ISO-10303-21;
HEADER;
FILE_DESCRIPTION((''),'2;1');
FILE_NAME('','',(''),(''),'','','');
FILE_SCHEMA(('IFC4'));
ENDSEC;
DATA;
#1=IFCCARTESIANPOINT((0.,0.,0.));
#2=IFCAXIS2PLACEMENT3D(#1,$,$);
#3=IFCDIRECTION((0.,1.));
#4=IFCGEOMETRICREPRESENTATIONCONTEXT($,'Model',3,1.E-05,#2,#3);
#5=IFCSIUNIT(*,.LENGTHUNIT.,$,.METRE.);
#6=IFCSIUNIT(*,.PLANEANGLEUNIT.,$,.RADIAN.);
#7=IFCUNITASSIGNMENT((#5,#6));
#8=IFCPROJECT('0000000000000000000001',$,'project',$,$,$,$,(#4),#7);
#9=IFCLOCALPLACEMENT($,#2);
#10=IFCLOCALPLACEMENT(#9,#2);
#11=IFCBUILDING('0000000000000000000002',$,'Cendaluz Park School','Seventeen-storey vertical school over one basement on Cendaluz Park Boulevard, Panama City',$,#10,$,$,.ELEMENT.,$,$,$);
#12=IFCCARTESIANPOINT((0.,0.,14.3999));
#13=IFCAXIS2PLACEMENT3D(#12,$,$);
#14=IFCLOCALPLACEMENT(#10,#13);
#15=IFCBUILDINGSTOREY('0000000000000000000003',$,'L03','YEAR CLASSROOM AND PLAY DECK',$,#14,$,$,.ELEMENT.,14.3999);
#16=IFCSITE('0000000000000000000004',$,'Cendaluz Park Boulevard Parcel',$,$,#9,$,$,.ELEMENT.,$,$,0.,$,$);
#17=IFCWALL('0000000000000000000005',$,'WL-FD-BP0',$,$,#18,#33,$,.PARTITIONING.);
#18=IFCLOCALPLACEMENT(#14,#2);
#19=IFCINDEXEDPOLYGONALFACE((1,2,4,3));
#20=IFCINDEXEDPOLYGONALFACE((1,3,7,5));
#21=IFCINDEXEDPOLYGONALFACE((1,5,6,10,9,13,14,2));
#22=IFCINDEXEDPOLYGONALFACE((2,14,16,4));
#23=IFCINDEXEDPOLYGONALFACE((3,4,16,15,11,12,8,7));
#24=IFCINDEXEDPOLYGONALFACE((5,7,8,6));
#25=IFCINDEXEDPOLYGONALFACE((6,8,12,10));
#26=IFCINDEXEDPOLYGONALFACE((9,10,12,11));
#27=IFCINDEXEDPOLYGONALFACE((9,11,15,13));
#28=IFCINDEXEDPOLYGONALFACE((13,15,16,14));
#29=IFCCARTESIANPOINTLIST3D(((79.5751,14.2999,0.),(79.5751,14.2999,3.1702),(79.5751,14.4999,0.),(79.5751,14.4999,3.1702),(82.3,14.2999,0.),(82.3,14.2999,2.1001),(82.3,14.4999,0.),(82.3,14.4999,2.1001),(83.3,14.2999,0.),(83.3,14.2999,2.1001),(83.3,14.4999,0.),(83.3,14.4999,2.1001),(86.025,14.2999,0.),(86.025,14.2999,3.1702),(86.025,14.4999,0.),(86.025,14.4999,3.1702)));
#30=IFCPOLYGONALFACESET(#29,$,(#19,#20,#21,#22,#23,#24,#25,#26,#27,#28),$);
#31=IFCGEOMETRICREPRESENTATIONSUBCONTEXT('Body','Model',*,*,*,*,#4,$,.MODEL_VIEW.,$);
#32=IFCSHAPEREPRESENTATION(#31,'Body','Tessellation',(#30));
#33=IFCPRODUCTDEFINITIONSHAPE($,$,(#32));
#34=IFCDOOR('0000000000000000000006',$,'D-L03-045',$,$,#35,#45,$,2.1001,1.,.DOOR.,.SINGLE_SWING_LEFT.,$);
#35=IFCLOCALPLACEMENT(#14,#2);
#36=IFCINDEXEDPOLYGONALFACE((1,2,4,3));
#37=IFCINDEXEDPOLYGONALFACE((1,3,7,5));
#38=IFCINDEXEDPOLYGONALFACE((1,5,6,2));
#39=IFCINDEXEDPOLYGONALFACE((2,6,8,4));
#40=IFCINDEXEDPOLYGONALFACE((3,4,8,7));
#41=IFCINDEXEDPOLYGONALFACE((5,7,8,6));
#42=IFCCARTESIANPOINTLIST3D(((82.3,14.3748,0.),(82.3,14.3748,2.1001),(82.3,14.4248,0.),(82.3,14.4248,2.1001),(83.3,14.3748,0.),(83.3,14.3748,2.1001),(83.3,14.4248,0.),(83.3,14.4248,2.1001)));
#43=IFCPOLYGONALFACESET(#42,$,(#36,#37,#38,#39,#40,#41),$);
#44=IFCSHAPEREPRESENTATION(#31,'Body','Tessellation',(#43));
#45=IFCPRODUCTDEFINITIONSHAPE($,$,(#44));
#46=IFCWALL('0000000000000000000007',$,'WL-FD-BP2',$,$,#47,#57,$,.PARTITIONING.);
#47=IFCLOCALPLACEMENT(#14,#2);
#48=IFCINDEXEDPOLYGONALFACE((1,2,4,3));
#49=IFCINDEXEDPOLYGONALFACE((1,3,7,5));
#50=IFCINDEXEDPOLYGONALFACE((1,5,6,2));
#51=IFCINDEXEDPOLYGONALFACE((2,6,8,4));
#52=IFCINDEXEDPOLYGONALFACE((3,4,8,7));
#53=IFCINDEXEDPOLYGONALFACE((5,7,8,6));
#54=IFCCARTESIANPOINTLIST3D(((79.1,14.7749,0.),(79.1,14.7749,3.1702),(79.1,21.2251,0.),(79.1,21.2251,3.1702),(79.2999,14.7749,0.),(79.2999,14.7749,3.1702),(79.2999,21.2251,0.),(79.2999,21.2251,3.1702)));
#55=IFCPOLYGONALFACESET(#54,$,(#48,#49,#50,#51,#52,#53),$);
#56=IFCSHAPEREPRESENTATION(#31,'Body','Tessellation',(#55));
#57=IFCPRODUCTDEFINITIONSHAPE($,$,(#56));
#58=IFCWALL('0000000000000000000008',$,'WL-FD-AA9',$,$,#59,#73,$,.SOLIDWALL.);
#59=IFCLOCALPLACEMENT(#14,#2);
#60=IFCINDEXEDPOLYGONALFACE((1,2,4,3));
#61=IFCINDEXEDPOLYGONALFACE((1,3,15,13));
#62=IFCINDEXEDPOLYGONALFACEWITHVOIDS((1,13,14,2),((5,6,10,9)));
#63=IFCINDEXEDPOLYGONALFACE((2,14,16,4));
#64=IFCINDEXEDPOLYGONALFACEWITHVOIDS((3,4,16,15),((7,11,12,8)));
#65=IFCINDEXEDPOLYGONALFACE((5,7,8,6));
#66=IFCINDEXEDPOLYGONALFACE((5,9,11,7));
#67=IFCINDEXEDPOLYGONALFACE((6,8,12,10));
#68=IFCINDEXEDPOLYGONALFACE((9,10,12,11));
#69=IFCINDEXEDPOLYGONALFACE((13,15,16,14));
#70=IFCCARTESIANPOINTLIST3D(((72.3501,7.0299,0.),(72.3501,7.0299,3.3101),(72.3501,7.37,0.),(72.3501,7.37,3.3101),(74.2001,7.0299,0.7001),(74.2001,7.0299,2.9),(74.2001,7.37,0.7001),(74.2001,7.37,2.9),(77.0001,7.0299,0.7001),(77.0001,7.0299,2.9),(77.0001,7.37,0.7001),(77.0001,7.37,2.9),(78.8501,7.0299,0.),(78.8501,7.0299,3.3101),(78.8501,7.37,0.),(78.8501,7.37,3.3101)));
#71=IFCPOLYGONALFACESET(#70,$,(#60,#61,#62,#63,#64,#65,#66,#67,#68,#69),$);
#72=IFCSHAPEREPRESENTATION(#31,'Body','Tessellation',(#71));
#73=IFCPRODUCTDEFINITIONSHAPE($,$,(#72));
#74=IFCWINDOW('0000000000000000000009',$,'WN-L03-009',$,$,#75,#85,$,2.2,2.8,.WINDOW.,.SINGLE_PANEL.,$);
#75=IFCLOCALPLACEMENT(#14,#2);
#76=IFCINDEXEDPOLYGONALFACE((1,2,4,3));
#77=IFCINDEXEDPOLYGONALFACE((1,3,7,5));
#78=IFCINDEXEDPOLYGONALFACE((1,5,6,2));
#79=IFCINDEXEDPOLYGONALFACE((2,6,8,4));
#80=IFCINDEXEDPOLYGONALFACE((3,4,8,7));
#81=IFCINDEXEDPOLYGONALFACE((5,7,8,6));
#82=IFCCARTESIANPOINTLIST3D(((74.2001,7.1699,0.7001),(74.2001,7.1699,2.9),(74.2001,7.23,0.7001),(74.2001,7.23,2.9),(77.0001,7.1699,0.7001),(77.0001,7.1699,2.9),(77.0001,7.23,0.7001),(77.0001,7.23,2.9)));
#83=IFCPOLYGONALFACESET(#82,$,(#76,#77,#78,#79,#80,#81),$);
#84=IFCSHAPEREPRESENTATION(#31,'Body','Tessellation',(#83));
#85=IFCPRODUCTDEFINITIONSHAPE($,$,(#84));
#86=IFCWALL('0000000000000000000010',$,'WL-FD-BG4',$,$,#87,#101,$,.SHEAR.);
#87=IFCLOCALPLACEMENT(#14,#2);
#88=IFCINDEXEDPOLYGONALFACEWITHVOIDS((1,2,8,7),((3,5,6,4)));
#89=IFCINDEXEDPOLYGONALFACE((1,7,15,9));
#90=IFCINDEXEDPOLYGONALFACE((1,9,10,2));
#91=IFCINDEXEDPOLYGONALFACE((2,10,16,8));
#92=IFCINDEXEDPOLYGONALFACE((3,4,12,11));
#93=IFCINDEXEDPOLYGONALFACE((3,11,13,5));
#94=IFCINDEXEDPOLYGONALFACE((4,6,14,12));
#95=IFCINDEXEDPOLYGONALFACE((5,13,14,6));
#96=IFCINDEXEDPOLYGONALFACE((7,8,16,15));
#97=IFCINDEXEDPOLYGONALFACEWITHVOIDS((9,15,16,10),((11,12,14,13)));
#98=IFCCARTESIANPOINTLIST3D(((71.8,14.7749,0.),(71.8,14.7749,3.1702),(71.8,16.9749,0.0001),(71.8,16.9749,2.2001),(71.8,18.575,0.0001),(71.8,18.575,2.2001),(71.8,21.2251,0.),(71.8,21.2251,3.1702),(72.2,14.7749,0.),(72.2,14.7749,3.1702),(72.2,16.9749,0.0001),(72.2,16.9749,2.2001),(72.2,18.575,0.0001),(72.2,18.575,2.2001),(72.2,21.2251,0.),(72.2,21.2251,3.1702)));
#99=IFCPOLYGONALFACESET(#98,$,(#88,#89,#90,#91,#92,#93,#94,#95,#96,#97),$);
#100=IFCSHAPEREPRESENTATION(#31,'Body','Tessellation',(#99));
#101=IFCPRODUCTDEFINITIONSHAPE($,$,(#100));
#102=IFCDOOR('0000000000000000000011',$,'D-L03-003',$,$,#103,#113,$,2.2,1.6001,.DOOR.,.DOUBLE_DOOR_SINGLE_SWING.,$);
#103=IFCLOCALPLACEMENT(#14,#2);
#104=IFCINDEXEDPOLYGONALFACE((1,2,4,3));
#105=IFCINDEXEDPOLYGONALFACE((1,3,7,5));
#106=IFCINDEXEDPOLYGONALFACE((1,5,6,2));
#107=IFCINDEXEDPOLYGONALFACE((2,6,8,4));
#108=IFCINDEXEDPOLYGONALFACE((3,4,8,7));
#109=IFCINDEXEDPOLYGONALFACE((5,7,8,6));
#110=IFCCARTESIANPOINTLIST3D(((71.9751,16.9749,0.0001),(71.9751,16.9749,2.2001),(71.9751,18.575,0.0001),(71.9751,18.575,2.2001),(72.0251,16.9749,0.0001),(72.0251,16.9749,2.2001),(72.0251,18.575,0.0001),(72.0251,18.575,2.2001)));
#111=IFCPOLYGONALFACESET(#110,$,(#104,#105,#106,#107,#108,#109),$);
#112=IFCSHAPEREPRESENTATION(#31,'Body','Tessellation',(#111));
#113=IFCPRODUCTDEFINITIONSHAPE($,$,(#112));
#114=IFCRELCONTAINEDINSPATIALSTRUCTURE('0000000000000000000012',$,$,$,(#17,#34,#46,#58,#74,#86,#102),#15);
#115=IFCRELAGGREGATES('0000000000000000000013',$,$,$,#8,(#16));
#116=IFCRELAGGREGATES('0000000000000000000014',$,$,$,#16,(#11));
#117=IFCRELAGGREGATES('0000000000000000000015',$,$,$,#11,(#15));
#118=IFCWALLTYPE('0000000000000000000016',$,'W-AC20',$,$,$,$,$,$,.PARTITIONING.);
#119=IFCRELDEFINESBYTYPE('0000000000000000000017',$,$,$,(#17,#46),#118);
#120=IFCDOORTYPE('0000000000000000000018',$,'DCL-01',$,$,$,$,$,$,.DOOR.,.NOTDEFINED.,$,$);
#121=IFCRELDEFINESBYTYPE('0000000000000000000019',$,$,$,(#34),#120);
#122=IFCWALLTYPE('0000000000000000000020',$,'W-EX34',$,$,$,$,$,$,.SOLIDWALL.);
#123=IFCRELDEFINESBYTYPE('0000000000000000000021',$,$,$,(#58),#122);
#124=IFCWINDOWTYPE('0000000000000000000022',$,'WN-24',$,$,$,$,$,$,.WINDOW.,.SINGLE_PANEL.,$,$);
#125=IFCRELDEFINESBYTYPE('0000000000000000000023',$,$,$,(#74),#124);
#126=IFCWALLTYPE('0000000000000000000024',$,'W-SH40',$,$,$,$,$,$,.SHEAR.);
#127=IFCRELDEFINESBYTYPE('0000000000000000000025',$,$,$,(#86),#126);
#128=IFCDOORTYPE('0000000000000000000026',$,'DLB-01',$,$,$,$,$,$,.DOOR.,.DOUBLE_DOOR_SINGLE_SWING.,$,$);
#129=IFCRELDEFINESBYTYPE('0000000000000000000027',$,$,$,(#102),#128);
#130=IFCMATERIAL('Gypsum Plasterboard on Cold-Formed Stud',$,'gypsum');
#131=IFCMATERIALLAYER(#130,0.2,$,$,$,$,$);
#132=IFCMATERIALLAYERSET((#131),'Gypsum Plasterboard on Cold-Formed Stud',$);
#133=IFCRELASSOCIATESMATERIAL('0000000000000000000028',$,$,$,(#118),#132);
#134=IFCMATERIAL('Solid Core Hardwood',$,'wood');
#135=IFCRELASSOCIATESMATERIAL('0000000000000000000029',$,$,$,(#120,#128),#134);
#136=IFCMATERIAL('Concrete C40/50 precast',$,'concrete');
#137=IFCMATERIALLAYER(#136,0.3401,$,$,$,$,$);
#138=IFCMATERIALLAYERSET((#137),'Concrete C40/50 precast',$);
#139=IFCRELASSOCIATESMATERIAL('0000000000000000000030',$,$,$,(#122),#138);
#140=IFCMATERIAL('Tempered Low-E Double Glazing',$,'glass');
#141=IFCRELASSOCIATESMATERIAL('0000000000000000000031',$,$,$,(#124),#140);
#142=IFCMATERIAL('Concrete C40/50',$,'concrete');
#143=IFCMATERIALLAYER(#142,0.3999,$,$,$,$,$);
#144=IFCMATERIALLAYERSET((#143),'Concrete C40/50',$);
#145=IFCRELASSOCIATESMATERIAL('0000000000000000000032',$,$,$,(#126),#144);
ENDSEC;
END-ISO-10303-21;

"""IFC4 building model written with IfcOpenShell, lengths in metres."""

from ifc_helpers import new_model, si_unit, direction, frame, frame_2d, origin, place, context, subcontext, project, spatial, rectangle, extrude, material, layer, layer_set, type_object, element, fill, save


model = new_model("IFC4")

# Units and contexts
model_context = context("Model", 3, precision=1e-05, world=origin(), true_north=direction((0.0, 1.0)))
body_context = subcontext(model_context, "Body", "Model", "MODEL_VIEW")
ifc_project = project(units=[si_unit("LENGTHUNIT", "METRE"), si_unit("PLANEANGLEUNIT", "RADIAN")], contexts=[model_context])

# Site, building, storey
site_placement = place(None, origin())
site = spatial("IfcSite", under=ifc_project, at=site_placement, Name="Cendaluz Park Boulevard Parcel", CompositionType="ELEMENT", RefElevation=0.0)
building_placement = place(site_placement, origin())
building = spatial("IfcBuilding", under=site, at=building_placement, Name="Cendaluz Park School", Description="Seventeen-storey vertical school over one basement on Cendaluz Park Boulevard, Panama City", CompositionType="ELEMENT")
storey_placement = place(building_placement, frame((0.0, 0.0, 14.3999)))
storey = spatial("IfcBuildingStorey", under=building, at=storey_placement, Name="L03", Description="YEAR CLASSROOM AND PLAY DECK", CompositionType="ELEMENT", Elevation=14.3999)

# Shared definitions
ifc_material_1 = material(Name="Concrete C40/50", Category="concrete")

# Shared definitions
ifc_material_2 = material(Name="Tempered Low-E Double Glazing", Category="glass")

# Wall, opening, door
ifc_material_3 = material(Name="Gypsum Plasterboard on Cold-Formed Stud", Category="gypsum")
ifc_layer_1 = layer(ifc_material_3, 0.2)
ifc_layer_set_1 = layer_set([ifc_layer_1], Name="Gypsum Plasterboard on Cold-Formed Stud")
wall_type_1 = type_object("IfcWallType", Name="W-AC20", PredefinedType="PARTITIONING", material=ifc_layer_set_1)
wall_1_placement = place(storey_placement, frame((79.575, 14.3999, 0.0), z_axis=(0.0, 0.0, 1.0), x_axis=(1.0, 0.0, 0.0)))
wall_1 = element("IfcWall", 1, at=wall_1_placement, inside=storey, type_object=wall_type_1, Name="WL-FD-BP0", PredefinedType="PARTITIONING", context=body_context, shape_type="SweptSolid", body=[
    extrude(rectangle(XDim=6.45, YDim=0.2, at=frame_2d((3.2251, 0.0))), origin(), (0.0, 0.0, 1.0), 3.1702),
])
opening_1_placement = place(wall_1_placement, frame((2.7251, 0.0, 0.0)))
opening_1 = element("IfcOpeningElement", 2, at=opening_1_placement, cuts=wall_1, PredefinedType="OPENING", context=body_context, shape_type="SweptSolid", body=[
    extrude(rectangle(XDim=1.0, YDim=2.1001, at=frame_2d((0.5, 1.05))), frame((0.0, 0.1121, 0.0), z_axis=(0.0, -1.0, 0.0), x_axis=(1.0, 0.0, 0.0)), (0.0, 0.0, 1.0), 0.2239),
])
ifc_material_4 = material(Name="Solid Core Hardwood", Category="wood")
door_type_1 = type_object("IfcDoorType", Name="DCL-01", OperationType="NOTDEFINED", PredefinedType="DOOR", material=ifc_material_4)
door_1_placement = place(opening_1_placement, origin())
door_1 = element("IfcDoor", 3, at=door_1_placement, inside=storey, type_object=door_type_1, Name="D-L03-045", OperationType="SINGLE_SWING_LEFT", OverallHeight=2.1001, OverallWidth=1.0, PredefinedType="DOOR", context=body_context, shape_type="SweptSolid", body=[
    extrude(rectangle(XDim=1.0, YDim=2.1001, at=frame_2d((0.5, 1.05))), frame((0.0, 0.0249, 0.0), z_axis=(0.0, -1.0, 0.0), x_axis=(1.0, 0.0, 0.0)), (0.0, 0.0, 1.0), 0.05),
])
fill(opening_1, door_1)

# Wall
wall_2_placement = place(storey_placement, frame((79.2, 14.7749, 0.0), z_axis=(0.0, 0.0, 1.0), x_axis=(0.0, 1.0, 0.0)))
element("IfcWall", 4, at=wall_2_placement, inside=storey, type_object=wall_type_1, Name="WL-FD-BP2", PredefinedType="PARTITIONING", context=body_context, shape_type="SweptSolid", body=[
    extrude(rectangle(XDim=6.4502, YDim=0.2, at=frame_2d((3.2251, 0.0))), origin(), (0.0, 0.0, 1.0), 3.1702),
])

# Wall, opening, window
ifc_material_5 = material(Name="Concrete C40/50 precast", Category="concrete")
ifc_layer_2 = layer(ifc_material_5, 0.3401)
ifc_layer_set_2 = layer_set([ifc_layer_2], Name="Concrete C40/50 precast")
wall_type_2 = type_object("IfcWallType", Name="W-EX34", PredefinedType="SOLIDWALL", material=ifc_layer_set_2)
wall_3_placement = place(storey_placement, frame((72.3501, 7.2, 0.0), z_axis=(0.0, 0.0, 1.0), x_axis=(1.0, 0.0, 0.0)))
wall_3 = element("IfcWall", 5, at=wall_3_placement, inside=storey, type_object=wall_type_2, Name="WL-FD-AA9", PredefinedType="SOLIDWALL", context=body_context, shape_type="SweptSolid", body=[
    extrude(rectangle(XDim=6.5, YDim=0.3401, at=frame_2d((3.25, 0.0))), origin(), (0.0, 0.0, 1.0), 3.3101),
])
opening_2_placement = place(wall_3_placement, frame((1.8501, 0.0, 0.7)))
opening_2 = element("IfcOpeningElement", 6, at=opening_2_placement, cuts=wall_3, PredefinedType="OPENING", context=body_context, shape_type="SweptSolid", body=[
    extrude(rectangle(XDim=2.8, YDim=2.2, at=frame_2d((1.3999, 1.1001))), frame((0.0, 0.1821, 0.0), z_axis=(0.0, -1.0, 0.0), x_axis=(1.0, 0.0, 0.0)), (0.0, 0.0, 1.0), 0.364),
])
window_type = type_object("IfcWindowType", Name="WN-24", PartitioningType="SINGLE_PANEL", PredefinedType="WINDOW", material=ifc_material_2)
window_placement = place(opening_2_placement, origin())
window = element("IfcWindow", 7, at=window_placement, inside=storey, type_object=window_type, Name="WN-L03-009", OverallHeight=2.2, OverallWidth=2.8, PartitioningType="SINGLE_PANEL", PredefinedType="WINDOW", context=body_context, shape_type="SweptSolid", body=[
    extrude(rectangle(XDim=2.8, YDim=2.2, at=frame_2d((1.3999, 1.1001))), frame((0.0, 0.03, 0.0), z_axis=(0.0, -1.0, 0.0), x_axis=(1.0, 0.0, 0.0)), (0.0, 0.0, 1.0), 0.0601),
])
fill(opening_2, window)

# Wall, opening, door
ifc_layer_3 = layer(ifc_material_1, 0.3999)
ifc_layer_set_3 = layer_set([ifc_layer_3], Name="Concrete C40/50")
wall_type_3 = type_object("IfcWallType", Name="W-SH40", PredefinedType="SHEAR", material=ifc_layer_set_3)
wall_4_placement = place(storey_placement, frame((72.0, 14.7749, 0.0), z_axis=(0.0, 0.0, 1.0), x_axis=(0.0, 1.0, 0.0)))
wall_4 = element("IfcWall", 8, at=wall_4_placement, inside=storey, type_object=wall_type_3, Name="WL-FD-BG4", PredefinedType="SHEAR", context=body_context, shape_type="SweptSolid", body=[
    extrude(rectangle(XDim=6.4502, YDim=0.3999, at=frame_2d((3.2251, 0.0))), origin(), (0.0, 0.0, 1.0), 3.1702),
])
opening_3_placement = place(wall_4_placement, frame((2.2, 0.0, 0.0)))
opening_3 = element("IfcOpeningElement", 9, at=opening_3_placement, cuts=wall_4, PredefinedType="OPENING", context=body_context, shape_type="SweptSolid", body=[
    extrude(rectangle(XDim=1.6001, YDim=2.2, at=frame_2d((0.8, 1.1001))), frame((0.0, 0.2119, 0.0), z_axis=(0.0, -1.0, 0.0), x_axis=(1.0, 0.0, 0.0)), (0.0, 0.0, 1.0), 0.4238),
])
door_type_2 = type_object("IfcDoorType", Name="DLB-01", OperationType="DOUBLE_DOOR_SINGLE_SWING", PredefinedType="DOOR", material=ifc_material_4)
door_2_placement = place(opening_3_placement, origin())
door_2 = element("IfcDoor", 10, at=door_2_placement, inside=storey, type_object=door_type_2, Name="D-L03-003", OperationType="DOUBLE_DOOR_SINGLE_SWING", OverallHeight=2.2, OverallWidth=1.6001, PredefinedType="DOOR", context=body_context, shape_type="SweptSolid", body=[
    extrude(rectangle(XDim=1.6001, YDim=2.2, at=frame_2d((0.8, 1.1001))), frame((0.0, 0.0249, 0.0), z_axis=(0.0, -1.0, 0.0), x_axis=(1.0, 0.0, 0.0)), (0.0, 0.0, 1.0), 0.05),
])
fill(opening_3, door_2)

save(model, "model.ifc")
